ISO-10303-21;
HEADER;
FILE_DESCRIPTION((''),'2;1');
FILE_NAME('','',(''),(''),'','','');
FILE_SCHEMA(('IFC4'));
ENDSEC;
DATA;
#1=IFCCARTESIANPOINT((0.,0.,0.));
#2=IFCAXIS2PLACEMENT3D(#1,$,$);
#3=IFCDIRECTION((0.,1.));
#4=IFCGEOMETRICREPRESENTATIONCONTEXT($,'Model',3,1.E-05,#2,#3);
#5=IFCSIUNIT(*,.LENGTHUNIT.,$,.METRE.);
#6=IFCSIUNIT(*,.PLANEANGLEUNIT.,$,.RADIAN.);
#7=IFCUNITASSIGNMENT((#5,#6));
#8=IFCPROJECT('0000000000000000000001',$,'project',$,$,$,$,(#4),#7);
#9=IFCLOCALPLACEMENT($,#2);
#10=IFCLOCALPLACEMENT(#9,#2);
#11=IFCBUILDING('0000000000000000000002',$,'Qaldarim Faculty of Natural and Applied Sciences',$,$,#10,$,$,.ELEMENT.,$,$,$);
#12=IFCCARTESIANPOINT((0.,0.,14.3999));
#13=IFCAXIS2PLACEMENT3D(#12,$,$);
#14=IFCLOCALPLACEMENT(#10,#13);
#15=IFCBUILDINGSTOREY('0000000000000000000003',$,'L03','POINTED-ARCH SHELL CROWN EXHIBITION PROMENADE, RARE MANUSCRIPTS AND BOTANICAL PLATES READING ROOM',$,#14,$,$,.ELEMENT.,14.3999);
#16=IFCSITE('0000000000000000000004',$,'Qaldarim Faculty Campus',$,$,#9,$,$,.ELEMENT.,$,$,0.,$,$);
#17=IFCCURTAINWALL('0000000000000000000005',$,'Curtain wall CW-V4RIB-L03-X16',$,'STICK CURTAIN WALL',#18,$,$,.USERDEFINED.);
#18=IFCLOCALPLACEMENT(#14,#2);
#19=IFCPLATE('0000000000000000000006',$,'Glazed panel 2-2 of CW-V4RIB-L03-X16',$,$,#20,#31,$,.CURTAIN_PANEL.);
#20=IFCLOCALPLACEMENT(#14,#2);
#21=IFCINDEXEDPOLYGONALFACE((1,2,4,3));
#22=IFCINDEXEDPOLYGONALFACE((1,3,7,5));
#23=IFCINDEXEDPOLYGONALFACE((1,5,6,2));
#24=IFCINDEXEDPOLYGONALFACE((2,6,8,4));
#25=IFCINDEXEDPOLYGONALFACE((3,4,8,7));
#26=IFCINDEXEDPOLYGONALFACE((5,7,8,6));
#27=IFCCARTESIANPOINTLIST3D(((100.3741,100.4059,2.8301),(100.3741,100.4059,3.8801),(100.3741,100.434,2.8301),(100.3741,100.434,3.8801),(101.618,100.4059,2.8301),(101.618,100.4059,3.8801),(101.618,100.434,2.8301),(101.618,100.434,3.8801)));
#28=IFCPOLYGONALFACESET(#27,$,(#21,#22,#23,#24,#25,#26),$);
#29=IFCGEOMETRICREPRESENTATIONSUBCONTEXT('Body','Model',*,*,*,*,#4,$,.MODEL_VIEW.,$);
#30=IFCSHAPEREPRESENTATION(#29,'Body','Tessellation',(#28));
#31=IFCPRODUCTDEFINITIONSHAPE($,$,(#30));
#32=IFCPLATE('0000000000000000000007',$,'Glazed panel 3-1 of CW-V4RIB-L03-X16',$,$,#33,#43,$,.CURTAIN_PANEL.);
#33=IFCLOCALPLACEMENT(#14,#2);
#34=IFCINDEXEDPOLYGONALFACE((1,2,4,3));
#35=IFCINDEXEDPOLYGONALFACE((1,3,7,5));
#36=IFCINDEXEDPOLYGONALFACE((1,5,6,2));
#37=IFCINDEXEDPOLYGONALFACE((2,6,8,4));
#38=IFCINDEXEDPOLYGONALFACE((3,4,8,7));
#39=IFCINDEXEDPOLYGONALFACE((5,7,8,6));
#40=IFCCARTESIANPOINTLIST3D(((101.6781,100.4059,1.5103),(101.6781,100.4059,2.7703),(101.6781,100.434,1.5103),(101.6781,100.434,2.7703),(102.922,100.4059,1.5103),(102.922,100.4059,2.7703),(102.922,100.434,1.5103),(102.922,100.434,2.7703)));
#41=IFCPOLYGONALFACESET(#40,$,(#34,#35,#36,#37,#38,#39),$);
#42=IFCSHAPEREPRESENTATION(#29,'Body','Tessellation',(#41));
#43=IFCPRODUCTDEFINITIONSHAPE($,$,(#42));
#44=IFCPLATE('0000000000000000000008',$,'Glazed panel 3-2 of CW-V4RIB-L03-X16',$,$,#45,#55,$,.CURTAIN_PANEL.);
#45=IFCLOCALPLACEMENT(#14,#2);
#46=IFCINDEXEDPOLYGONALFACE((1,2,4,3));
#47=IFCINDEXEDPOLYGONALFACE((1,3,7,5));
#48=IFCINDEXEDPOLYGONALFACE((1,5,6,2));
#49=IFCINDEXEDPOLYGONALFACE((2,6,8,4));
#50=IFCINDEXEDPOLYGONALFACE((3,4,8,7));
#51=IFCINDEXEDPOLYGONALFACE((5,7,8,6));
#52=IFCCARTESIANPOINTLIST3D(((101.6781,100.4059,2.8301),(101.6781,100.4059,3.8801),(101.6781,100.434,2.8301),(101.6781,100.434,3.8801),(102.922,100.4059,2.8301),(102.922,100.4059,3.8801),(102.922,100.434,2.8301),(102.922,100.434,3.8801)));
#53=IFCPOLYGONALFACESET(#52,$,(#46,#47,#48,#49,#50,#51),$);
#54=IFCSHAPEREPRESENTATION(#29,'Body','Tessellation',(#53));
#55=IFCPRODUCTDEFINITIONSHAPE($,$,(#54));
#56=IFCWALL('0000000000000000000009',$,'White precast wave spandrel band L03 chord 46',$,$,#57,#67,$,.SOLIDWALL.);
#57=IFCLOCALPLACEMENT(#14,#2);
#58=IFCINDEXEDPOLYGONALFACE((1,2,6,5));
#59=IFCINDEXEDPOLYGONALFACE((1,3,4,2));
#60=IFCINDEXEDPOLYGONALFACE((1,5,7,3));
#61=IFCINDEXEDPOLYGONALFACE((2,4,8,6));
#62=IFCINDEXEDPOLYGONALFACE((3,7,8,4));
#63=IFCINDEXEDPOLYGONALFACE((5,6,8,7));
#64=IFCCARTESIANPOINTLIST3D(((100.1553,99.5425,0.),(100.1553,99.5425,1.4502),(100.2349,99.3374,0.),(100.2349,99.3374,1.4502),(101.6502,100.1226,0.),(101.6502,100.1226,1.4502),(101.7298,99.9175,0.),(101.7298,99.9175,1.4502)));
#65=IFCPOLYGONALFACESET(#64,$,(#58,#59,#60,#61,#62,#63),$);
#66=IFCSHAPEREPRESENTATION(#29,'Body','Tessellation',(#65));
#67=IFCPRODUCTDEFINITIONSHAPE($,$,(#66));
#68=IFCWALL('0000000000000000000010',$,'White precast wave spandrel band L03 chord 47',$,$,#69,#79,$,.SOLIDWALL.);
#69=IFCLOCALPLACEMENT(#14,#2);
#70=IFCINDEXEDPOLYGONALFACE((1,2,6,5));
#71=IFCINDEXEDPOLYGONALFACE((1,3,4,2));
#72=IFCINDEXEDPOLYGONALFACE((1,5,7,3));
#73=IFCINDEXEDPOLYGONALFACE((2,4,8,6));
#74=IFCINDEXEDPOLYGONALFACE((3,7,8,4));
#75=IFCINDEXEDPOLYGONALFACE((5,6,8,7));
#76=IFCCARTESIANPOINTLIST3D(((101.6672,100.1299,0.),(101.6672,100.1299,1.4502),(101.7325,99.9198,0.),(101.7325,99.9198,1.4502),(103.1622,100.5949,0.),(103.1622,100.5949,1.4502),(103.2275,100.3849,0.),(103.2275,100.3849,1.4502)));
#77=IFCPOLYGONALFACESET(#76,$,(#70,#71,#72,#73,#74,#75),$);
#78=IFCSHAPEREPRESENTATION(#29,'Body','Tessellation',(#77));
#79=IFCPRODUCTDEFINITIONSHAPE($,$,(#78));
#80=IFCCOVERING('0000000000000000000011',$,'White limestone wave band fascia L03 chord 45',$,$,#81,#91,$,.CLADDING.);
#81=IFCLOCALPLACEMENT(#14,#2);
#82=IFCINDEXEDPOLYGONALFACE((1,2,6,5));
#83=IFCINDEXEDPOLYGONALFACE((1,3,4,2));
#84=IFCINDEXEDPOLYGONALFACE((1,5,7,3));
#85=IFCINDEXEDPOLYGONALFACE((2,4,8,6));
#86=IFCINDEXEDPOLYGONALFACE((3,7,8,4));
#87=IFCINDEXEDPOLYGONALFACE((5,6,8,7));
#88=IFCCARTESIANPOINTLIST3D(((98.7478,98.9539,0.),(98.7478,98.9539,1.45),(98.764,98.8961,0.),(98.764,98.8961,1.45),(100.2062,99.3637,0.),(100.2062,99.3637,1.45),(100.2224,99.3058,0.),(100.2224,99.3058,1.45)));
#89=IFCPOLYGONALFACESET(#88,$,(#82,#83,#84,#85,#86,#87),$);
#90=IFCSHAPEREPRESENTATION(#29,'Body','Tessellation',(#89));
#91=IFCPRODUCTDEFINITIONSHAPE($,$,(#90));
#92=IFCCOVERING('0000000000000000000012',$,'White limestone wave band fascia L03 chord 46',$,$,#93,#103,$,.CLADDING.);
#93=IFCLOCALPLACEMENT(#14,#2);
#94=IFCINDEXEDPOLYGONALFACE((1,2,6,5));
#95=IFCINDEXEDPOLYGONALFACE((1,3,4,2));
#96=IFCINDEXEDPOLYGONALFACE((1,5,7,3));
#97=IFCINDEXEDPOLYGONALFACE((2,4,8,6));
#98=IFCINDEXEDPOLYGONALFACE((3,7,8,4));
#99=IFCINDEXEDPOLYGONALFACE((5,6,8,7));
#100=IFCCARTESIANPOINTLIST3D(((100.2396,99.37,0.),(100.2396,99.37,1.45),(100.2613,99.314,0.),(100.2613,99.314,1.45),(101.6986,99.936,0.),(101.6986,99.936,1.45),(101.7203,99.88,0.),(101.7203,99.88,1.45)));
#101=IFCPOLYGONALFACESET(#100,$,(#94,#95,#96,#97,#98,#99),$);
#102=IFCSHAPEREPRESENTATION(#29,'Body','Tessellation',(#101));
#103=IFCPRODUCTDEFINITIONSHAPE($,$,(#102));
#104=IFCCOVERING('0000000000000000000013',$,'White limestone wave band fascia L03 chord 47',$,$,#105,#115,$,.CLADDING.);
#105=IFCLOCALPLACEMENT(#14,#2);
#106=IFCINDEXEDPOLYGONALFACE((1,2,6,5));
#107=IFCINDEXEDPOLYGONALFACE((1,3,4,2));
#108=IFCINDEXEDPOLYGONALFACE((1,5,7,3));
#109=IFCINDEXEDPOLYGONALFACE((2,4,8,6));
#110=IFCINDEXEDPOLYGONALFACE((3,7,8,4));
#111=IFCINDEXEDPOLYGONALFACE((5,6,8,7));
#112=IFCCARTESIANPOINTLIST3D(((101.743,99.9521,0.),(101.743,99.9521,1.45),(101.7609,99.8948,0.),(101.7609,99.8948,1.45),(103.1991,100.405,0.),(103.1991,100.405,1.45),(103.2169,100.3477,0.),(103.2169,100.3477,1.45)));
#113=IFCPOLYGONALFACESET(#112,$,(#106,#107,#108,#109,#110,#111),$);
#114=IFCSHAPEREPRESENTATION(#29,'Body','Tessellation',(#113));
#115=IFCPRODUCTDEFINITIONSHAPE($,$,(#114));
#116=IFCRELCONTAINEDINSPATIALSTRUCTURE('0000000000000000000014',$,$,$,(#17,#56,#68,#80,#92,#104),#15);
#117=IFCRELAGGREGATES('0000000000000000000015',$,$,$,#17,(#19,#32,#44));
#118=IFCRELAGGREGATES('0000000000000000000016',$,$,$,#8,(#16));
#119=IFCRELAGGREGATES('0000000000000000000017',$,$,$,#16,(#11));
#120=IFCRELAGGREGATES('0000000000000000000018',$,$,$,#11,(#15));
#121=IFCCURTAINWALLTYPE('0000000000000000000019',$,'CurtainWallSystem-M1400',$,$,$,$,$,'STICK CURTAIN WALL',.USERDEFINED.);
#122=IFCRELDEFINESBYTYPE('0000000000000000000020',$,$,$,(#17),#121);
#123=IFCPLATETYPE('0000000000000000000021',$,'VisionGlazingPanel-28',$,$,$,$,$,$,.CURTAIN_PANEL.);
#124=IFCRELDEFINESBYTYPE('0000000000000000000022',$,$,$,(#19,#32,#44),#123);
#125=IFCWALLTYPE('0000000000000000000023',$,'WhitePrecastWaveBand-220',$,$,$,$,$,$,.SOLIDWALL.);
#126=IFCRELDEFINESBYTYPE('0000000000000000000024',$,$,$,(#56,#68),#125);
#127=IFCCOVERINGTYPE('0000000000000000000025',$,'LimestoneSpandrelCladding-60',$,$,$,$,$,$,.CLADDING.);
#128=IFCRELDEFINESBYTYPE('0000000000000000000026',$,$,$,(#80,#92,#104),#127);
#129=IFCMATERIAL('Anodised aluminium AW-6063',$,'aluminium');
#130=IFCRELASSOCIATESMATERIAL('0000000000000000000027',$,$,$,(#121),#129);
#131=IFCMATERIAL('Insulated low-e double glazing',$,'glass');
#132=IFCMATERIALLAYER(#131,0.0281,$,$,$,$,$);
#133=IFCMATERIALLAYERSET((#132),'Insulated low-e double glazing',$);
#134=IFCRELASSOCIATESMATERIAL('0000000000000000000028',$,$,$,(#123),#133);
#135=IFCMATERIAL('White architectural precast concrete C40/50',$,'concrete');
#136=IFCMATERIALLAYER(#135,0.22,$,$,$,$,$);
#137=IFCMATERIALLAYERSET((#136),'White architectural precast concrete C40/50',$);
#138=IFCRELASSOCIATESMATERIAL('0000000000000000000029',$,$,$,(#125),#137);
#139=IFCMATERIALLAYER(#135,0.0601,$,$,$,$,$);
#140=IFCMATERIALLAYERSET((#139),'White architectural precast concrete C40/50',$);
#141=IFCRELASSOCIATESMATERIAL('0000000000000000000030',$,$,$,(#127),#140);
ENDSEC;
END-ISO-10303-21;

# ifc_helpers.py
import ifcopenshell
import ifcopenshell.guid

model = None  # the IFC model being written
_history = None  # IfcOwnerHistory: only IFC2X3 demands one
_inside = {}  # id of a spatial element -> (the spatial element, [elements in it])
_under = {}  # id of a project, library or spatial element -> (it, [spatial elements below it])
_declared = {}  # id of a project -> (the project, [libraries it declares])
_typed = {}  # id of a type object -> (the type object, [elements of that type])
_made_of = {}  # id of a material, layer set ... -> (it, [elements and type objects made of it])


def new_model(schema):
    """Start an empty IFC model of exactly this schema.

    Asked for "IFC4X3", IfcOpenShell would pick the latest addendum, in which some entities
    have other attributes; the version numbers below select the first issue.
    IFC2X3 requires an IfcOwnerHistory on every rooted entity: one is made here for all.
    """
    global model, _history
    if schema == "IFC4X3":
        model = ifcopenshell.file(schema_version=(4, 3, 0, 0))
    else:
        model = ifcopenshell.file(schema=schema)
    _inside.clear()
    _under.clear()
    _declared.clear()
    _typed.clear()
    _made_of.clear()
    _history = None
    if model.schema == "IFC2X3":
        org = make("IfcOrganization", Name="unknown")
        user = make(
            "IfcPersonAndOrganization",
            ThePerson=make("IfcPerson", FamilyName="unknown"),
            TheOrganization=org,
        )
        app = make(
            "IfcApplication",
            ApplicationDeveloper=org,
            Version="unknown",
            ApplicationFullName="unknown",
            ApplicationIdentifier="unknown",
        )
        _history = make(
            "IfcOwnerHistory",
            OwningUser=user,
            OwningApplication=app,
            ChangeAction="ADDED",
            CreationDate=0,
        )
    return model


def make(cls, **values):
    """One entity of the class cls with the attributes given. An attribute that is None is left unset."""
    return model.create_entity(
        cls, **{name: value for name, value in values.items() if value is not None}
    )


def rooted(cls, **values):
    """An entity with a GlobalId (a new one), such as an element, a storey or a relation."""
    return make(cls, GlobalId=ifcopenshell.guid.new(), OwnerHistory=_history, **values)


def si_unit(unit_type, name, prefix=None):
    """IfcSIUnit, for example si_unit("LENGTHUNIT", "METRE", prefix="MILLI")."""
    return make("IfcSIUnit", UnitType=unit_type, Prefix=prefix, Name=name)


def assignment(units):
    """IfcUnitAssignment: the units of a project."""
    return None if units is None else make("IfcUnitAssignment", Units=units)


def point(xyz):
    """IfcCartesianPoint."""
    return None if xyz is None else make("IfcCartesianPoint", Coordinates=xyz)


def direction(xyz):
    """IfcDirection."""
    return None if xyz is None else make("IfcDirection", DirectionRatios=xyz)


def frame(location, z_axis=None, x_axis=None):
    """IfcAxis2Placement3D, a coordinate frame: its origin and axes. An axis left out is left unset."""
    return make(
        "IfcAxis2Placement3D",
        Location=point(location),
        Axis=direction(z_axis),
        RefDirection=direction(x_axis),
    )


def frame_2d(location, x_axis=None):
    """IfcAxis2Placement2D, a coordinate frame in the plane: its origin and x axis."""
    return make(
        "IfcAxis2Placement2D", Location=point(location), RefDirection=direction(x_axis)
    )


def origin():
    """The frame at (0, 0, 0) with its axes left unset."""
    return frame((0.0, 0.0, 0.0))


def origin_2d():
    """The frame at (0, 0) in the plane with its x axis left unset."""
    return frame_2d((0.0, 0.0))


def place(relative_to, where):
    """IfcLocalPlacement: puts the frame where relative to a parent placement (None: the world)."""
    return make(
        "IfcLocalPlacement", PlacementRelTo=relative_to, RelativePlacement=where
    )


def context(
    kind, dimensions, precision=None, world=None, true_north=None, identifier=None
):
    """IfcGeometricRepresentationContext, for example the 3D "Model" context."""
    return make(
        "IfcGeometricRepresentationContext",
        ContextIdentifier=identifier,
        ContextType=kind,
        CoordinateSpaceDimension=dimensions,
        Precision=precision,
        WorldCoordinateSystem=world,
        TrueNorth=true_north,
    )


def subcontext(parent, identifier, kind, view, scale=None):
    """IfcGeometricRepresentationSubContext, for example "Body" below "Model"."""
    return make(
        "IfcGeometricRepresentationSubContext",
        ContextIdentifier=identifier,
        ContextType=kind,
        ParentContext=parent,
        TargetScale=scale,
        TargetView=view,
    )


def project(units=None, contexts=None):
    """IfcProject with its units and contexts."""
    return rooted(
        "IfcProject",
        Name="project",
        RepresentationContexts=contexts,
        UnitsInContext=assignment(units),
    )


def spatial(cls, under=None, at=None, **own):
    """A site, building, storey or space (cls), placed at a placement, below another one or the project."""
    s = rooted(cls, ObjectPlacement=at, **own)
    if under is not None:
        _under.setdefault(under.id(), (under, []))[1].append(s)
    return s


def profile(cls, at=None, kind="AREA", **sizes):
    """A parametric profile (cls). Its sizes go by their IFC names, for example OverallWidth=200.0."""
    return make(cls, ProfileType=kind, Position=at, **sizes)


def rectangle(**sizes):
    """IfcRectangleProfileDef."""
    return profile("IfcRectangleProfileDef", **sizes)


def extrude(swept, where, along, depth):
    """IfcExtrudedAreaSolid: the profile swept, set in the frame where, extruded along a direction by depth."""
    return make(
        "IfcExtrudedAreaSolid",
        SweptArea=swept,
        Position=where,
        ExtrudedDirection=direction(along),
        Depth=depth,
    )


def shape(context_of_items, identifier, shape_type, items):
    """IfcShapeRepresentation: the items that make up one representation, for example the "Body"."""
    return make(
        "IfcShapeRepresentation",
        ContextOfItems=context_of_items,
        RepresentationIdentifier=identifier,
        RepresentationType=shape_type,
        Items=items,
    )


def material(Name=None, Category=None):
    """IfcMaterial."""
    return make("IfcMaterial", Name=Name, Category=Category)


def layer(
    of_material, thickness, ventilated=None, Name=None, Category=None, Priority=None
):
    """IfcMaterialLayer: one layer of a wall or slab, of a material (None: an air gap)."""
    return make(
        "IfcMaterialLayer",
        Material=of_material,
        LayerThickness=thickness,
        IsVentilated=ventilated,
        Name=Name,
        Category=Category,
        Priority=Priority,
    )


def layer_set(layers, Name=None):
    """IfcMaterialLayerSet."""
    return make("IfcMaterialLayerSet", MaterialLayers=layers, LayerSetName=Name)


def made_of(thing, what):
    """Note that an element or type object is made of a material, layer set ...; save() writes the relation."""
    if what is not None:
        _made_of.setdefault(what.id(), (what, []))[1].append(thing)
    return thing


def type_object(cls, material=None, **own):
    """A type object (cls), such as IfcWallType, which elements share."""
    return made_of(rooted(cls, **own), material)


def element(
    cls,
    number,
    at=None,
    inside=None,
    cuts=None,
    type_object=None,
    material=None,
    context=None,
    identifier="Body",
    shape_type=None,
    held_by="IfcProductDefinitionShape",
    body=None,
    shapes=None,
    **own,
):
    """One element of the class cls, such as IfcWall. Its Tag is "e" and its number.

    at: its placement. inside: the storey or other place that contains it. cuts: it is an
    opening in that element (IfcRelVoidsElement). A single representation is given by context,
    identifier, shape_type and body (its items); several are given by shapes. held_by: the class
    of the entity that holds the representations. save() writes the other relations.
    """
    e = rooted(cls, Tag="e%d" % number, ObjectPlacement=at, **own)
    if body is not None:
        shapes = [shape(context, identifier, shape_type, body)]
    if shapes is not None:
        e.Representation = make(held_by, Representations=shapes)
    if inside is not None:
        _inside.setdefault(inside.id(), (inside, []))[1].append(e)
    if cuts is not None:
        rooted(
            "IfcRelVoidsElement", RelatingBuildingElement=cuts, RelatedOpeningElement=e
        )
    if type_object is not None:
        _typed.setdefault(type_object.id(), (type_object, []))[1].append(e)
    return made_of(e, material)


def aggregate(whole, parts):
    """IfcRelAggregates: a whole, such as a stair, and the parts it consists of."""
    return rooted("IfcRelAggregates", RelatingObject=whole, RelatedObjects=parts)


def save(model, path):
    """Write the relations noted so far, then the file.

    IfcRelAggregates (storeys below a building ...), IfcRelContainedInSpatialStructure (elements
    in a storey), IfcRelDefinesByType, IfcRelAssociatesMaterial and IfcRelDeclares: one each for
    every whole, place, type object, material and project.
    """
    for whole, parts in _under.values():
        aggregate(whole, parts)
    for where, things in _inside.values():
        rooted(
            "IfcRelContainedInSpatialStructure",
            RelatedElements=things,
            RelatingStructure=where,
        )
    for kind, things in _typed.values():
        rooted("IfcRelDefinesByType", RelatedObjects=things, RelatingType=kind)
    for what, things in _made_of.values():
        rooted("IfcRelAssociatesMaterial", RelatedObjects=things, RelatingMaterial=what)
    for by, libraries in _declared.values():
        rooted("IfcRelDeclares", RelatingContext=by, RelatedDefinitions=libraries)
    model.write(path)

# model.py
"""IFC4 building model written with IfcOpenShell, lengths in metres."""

from ifc_helpers import new_model, si_unit, direction, frame, frame_2d, origin, origin_2d, place, context, subcontext, project, spatial, rectangle, extrude, material, layer, layer_set, type_object, element, aggregate, save


model = new_model("IFC4")

# Units and contexts
model_context = context("Model", 3, precision=1e-05, world=origin(), true_north=direction((0.0, 1.0)))
body_context = subcontext(model_context, "Body", "Model", "MODEL_VIEW")
ifc_project = project(units=[si_unit("LENGTHUNIT", "METRE"), si_unit("PLANEANGLEUNIT", "RADIAN")], contexts=[model_context])

# Site, building, storey
site_placement = place(None, origin())
site = spatial("IfcSite", under=ifc_project, at=site_placement, Name="Qaldarim Faculty Campus", CompositionType="ELEMENT", RefElevation=0.0)
building_placement = place(site_placement, origin())
building = spatial("IfcBuilding", under=site, at=building_placement, Name="Qaldarim Faculty of Natural and Applied Sciences", CompositionType="ELEMENT")
storey_placement = place(building_placement, frame((0.0, 0.0, 14.3999)))
storey = spatial("IfcBuildingStorey", under=building, at=storey_placement, Name="L03", Description="POINTED-ARCH SHELL CROWN EXHIBITION PROMENADE, RARE MANUSCRIPTS AND BOTANICAL PLATES READING ROOM", CompositionType="ELEMENT", Elevation=14.3999)

# Curtain wall, plates
ifc_material_1 = material(Name="Anodised aluminium AW-6063", Category="aluminium")
curtain_wall_type = type_object("IfcCurtainWallType", Name="CurtainWallSystem-M1400", ElementType="STICK CURTAIN WALL", PredefinedType="USERDEFINED", material=ifc_material_1)
curtain_wall_placement = place(storey_placement, origin())
curtain_wall = element("IfcCurtainWall", 1, at=curtain_wall_placement, inside=storey, type_object=curtain_wall_type, Name="Curtain wall CW-V4RIB-L03-X16", ObjectType="STICK CURTAIN WALL", PredefinedType="USERDEFINED")
ifc_material_2 = material(Name="Insulated low-e double glazing", Category="glass")
ifc_layer_1 = layer(ifc_material_2, 0.0281)
ifc_layer_set_1 = layer_set([ifc_layer_1], Name="Insulated low-e double glazing")
plate_type = type_object("IfcPlateType", Name="VisionGlazingPanel-28", PredefinedType="CURTAIN_PANEL", material=ifc_layer_set_1)
plate_1_placement = place(storey_placement, frame((100.9961, 100.4199, 2.8301), z_axis=(0.0, 0.0, 1.0), x_axis=(1.0, 0.0, 0.0)))
plate_1 = element("IfcPlate", 2, at=plate_1_placement, type_object=plate_type, Name="Glazed panel 2-2 of CW-V4RIB-L03-X16", PredefinedType="CURTAIN_PANEL", context=body_context, shape_type="SweptSolid", body=[
    extrude(rectangle(XDim=1.2439, YDim=0.0281, at=origin_2d()), origin(), (0.0, 0.0, 1.0), 1.05),
])
plate_2_placement = place(storey_placement, frame((102.3, 100.4199, 1.5103), z_axis=(0.0, 0.0, 1.0), x_axis=(1.0, 0.0, 0.0)))
plate_2 = element("IfcPlate", 3, at=plate_2_placement, type_object=plate_type, Name="Glazed panel 3-1 of CW-V4RIB-L03-X16", PredefinedType="CURTAIN_PANEL", context=body_context, shape_type="SweptSolid", body=[
    extrude(rectangle(XDim=1.2439, YDim=0.0281, at=origin_2d()), origin(), (0.0, 0.0, 1.0), 1.26),
])
plate_3_placement = place(storey_placement, frame((102.3, 100.4199, 2.8301), z_axis=(0.0, 0.0, 1.0), x_axis=(1.0, 0.0, 0.0)))
plate_3 = element("IfcPlate", 4, at=plate_3_placement, type_object=plate_type, Name="Glazed panel 3-2 of CW-V4RIB-L03-X16", PredefinedType="CURTAIN_PANEL", context=body_context, shape_type="SweptSolid", body=[
    extrude(rectangle(XDim=1.2439, YDim=0.0281, at=origin_2d()), origin(), (0.0, 0.0, 1.0), 1.05),
])
aggregate(curtain_wall, [plate_1, plate_2, plate_3])

# Walls
ifc_material_3 = material(Name="White architectural precast concrete C40/50", Category="concrete")
ifc_layer_2 = layer(ifc_material_3, 0.22)
ifc_layer_set_2 = layer_set([ifc_layer_2], Name="White architectural precast concrete C40/50")
wall_type = type_object("IfcWallType", Name="WhitePrecastWaveBand-220", PredefinedType="SOLIDWALL", material=ifc_layer_set_2)
wall_1_placement = place(storey_placement, frame((100.1951, 99.4399, 0.0), z_axis=(0.0, 0.0, 1.0), x_axis=(0.93227, 0.361763, 0.0)))
element("IfcWall", 5, at=wall_1_placement, inside=storey, type_object=wall_type, Name="White precast wave spandrel band L03 chord 46", PredefinedType="SOLIDWALL", context=body_context, shape_type="SweptSolid", body=[
    extrude(rectangle(XDim=1.6035, YDim=0.22, at=frame_2d((0.8018, 0.0))), origin(), (0.0, 0.0, 1.0), 1.4502),
])
wall_2_placement = place(storey_placement, frame((101.7, 100.0249, 0.0), z_axis=(0.0, 0.0, 1.0), x_axis=(0.954868, 0.297032, 0.0)))
element("IfcWall", 6, at=wall_2_placement, inside=storey, type_object=wall_type, Name="White precast wave spandrel band L03 chord 47", PredefinedType="SOLIDWALL", context=body_context, shape_type="SweptSolid", body=[
    extrude(rectangle(XDim=1.5657, YDim=0.22, at=frame_2d((0.7827, 0.0))), origin(), (0.0, 0.0, 1.0), 1.4502),
])

# Coverings
ifc_layer_3 = layer(ifc_material_3, 0.0601)
ifc_layer_set_3 = layer_set([ifc_layer_3], Name="White architectural precast concrete C40/50")
covering_type = type_object("IfcCoveringType", Name="LimestoneSpandrelCladding-60", PredefinedType="CLADDING", material=ifc_layer_set_3)
covering_1_placement = place(storey_placement, frame((99.4851, 99.1299, 0.0), z_axis=(0.0, 0.0, 1.0), x_axis=(0.96273, 0.270466, 0.0)))
element("IfcCovering", 7, at=covering_1_placement, inside=storey, type_object=covering_type, Name="White limestone wave band fascia L03 chord 45", PredefinedType="CLADDING", context=body_context, shape_type="SweptSolid", body=[
    extrude(rectangle(XDim=1.5149, YDim=0.0601, at=origin_2d()), origin(), (0.0, 0.0, 1.0), 1.45),
])
covering_2_placement = place(storey_placement, frame((100.98, 99.625, 0.0), z_axis=(0.0, 0.0, 1.0), x_axis=(0.932299, 0.36169, 0.0)))
element("IfcCovering", 8, at=covering_2_placement, inside=storey, type_object=covering_type, Name="White limestone wave band fascia L03 chord 46", PredefinedType="CLADDING", context=body_context, shape_type="SweptSolid", body=[
    extrude(rectangle(XDim=1.5649, YDim=0.0601, at=origin_2d()), origin(), (0.0, 0.0, 1.0), 1.45),
])
covering_3_placement = place(storey_placement, frame((102.48, 100.1499, 0.0), z_axis=(0.0, 0.0, 1.0), x_axis=(0.954875, 0.297008, 0.0)))
element("IfcCovering", 9, at=covering_3_placement, inside=storey, type_object=covering_type, Name="White limestone wave band fascia L03 chord 47", PredefinedType="CLADDING", context=body_context, shape_type="SweptSolid", body=[
    extrude(rectangle(XDim=1.5249, YDim=0.0601, at=origin_2d()), origin(), (0.0, 0.0, 1.0), 1.45),
])

save(model, "model.ifc")
